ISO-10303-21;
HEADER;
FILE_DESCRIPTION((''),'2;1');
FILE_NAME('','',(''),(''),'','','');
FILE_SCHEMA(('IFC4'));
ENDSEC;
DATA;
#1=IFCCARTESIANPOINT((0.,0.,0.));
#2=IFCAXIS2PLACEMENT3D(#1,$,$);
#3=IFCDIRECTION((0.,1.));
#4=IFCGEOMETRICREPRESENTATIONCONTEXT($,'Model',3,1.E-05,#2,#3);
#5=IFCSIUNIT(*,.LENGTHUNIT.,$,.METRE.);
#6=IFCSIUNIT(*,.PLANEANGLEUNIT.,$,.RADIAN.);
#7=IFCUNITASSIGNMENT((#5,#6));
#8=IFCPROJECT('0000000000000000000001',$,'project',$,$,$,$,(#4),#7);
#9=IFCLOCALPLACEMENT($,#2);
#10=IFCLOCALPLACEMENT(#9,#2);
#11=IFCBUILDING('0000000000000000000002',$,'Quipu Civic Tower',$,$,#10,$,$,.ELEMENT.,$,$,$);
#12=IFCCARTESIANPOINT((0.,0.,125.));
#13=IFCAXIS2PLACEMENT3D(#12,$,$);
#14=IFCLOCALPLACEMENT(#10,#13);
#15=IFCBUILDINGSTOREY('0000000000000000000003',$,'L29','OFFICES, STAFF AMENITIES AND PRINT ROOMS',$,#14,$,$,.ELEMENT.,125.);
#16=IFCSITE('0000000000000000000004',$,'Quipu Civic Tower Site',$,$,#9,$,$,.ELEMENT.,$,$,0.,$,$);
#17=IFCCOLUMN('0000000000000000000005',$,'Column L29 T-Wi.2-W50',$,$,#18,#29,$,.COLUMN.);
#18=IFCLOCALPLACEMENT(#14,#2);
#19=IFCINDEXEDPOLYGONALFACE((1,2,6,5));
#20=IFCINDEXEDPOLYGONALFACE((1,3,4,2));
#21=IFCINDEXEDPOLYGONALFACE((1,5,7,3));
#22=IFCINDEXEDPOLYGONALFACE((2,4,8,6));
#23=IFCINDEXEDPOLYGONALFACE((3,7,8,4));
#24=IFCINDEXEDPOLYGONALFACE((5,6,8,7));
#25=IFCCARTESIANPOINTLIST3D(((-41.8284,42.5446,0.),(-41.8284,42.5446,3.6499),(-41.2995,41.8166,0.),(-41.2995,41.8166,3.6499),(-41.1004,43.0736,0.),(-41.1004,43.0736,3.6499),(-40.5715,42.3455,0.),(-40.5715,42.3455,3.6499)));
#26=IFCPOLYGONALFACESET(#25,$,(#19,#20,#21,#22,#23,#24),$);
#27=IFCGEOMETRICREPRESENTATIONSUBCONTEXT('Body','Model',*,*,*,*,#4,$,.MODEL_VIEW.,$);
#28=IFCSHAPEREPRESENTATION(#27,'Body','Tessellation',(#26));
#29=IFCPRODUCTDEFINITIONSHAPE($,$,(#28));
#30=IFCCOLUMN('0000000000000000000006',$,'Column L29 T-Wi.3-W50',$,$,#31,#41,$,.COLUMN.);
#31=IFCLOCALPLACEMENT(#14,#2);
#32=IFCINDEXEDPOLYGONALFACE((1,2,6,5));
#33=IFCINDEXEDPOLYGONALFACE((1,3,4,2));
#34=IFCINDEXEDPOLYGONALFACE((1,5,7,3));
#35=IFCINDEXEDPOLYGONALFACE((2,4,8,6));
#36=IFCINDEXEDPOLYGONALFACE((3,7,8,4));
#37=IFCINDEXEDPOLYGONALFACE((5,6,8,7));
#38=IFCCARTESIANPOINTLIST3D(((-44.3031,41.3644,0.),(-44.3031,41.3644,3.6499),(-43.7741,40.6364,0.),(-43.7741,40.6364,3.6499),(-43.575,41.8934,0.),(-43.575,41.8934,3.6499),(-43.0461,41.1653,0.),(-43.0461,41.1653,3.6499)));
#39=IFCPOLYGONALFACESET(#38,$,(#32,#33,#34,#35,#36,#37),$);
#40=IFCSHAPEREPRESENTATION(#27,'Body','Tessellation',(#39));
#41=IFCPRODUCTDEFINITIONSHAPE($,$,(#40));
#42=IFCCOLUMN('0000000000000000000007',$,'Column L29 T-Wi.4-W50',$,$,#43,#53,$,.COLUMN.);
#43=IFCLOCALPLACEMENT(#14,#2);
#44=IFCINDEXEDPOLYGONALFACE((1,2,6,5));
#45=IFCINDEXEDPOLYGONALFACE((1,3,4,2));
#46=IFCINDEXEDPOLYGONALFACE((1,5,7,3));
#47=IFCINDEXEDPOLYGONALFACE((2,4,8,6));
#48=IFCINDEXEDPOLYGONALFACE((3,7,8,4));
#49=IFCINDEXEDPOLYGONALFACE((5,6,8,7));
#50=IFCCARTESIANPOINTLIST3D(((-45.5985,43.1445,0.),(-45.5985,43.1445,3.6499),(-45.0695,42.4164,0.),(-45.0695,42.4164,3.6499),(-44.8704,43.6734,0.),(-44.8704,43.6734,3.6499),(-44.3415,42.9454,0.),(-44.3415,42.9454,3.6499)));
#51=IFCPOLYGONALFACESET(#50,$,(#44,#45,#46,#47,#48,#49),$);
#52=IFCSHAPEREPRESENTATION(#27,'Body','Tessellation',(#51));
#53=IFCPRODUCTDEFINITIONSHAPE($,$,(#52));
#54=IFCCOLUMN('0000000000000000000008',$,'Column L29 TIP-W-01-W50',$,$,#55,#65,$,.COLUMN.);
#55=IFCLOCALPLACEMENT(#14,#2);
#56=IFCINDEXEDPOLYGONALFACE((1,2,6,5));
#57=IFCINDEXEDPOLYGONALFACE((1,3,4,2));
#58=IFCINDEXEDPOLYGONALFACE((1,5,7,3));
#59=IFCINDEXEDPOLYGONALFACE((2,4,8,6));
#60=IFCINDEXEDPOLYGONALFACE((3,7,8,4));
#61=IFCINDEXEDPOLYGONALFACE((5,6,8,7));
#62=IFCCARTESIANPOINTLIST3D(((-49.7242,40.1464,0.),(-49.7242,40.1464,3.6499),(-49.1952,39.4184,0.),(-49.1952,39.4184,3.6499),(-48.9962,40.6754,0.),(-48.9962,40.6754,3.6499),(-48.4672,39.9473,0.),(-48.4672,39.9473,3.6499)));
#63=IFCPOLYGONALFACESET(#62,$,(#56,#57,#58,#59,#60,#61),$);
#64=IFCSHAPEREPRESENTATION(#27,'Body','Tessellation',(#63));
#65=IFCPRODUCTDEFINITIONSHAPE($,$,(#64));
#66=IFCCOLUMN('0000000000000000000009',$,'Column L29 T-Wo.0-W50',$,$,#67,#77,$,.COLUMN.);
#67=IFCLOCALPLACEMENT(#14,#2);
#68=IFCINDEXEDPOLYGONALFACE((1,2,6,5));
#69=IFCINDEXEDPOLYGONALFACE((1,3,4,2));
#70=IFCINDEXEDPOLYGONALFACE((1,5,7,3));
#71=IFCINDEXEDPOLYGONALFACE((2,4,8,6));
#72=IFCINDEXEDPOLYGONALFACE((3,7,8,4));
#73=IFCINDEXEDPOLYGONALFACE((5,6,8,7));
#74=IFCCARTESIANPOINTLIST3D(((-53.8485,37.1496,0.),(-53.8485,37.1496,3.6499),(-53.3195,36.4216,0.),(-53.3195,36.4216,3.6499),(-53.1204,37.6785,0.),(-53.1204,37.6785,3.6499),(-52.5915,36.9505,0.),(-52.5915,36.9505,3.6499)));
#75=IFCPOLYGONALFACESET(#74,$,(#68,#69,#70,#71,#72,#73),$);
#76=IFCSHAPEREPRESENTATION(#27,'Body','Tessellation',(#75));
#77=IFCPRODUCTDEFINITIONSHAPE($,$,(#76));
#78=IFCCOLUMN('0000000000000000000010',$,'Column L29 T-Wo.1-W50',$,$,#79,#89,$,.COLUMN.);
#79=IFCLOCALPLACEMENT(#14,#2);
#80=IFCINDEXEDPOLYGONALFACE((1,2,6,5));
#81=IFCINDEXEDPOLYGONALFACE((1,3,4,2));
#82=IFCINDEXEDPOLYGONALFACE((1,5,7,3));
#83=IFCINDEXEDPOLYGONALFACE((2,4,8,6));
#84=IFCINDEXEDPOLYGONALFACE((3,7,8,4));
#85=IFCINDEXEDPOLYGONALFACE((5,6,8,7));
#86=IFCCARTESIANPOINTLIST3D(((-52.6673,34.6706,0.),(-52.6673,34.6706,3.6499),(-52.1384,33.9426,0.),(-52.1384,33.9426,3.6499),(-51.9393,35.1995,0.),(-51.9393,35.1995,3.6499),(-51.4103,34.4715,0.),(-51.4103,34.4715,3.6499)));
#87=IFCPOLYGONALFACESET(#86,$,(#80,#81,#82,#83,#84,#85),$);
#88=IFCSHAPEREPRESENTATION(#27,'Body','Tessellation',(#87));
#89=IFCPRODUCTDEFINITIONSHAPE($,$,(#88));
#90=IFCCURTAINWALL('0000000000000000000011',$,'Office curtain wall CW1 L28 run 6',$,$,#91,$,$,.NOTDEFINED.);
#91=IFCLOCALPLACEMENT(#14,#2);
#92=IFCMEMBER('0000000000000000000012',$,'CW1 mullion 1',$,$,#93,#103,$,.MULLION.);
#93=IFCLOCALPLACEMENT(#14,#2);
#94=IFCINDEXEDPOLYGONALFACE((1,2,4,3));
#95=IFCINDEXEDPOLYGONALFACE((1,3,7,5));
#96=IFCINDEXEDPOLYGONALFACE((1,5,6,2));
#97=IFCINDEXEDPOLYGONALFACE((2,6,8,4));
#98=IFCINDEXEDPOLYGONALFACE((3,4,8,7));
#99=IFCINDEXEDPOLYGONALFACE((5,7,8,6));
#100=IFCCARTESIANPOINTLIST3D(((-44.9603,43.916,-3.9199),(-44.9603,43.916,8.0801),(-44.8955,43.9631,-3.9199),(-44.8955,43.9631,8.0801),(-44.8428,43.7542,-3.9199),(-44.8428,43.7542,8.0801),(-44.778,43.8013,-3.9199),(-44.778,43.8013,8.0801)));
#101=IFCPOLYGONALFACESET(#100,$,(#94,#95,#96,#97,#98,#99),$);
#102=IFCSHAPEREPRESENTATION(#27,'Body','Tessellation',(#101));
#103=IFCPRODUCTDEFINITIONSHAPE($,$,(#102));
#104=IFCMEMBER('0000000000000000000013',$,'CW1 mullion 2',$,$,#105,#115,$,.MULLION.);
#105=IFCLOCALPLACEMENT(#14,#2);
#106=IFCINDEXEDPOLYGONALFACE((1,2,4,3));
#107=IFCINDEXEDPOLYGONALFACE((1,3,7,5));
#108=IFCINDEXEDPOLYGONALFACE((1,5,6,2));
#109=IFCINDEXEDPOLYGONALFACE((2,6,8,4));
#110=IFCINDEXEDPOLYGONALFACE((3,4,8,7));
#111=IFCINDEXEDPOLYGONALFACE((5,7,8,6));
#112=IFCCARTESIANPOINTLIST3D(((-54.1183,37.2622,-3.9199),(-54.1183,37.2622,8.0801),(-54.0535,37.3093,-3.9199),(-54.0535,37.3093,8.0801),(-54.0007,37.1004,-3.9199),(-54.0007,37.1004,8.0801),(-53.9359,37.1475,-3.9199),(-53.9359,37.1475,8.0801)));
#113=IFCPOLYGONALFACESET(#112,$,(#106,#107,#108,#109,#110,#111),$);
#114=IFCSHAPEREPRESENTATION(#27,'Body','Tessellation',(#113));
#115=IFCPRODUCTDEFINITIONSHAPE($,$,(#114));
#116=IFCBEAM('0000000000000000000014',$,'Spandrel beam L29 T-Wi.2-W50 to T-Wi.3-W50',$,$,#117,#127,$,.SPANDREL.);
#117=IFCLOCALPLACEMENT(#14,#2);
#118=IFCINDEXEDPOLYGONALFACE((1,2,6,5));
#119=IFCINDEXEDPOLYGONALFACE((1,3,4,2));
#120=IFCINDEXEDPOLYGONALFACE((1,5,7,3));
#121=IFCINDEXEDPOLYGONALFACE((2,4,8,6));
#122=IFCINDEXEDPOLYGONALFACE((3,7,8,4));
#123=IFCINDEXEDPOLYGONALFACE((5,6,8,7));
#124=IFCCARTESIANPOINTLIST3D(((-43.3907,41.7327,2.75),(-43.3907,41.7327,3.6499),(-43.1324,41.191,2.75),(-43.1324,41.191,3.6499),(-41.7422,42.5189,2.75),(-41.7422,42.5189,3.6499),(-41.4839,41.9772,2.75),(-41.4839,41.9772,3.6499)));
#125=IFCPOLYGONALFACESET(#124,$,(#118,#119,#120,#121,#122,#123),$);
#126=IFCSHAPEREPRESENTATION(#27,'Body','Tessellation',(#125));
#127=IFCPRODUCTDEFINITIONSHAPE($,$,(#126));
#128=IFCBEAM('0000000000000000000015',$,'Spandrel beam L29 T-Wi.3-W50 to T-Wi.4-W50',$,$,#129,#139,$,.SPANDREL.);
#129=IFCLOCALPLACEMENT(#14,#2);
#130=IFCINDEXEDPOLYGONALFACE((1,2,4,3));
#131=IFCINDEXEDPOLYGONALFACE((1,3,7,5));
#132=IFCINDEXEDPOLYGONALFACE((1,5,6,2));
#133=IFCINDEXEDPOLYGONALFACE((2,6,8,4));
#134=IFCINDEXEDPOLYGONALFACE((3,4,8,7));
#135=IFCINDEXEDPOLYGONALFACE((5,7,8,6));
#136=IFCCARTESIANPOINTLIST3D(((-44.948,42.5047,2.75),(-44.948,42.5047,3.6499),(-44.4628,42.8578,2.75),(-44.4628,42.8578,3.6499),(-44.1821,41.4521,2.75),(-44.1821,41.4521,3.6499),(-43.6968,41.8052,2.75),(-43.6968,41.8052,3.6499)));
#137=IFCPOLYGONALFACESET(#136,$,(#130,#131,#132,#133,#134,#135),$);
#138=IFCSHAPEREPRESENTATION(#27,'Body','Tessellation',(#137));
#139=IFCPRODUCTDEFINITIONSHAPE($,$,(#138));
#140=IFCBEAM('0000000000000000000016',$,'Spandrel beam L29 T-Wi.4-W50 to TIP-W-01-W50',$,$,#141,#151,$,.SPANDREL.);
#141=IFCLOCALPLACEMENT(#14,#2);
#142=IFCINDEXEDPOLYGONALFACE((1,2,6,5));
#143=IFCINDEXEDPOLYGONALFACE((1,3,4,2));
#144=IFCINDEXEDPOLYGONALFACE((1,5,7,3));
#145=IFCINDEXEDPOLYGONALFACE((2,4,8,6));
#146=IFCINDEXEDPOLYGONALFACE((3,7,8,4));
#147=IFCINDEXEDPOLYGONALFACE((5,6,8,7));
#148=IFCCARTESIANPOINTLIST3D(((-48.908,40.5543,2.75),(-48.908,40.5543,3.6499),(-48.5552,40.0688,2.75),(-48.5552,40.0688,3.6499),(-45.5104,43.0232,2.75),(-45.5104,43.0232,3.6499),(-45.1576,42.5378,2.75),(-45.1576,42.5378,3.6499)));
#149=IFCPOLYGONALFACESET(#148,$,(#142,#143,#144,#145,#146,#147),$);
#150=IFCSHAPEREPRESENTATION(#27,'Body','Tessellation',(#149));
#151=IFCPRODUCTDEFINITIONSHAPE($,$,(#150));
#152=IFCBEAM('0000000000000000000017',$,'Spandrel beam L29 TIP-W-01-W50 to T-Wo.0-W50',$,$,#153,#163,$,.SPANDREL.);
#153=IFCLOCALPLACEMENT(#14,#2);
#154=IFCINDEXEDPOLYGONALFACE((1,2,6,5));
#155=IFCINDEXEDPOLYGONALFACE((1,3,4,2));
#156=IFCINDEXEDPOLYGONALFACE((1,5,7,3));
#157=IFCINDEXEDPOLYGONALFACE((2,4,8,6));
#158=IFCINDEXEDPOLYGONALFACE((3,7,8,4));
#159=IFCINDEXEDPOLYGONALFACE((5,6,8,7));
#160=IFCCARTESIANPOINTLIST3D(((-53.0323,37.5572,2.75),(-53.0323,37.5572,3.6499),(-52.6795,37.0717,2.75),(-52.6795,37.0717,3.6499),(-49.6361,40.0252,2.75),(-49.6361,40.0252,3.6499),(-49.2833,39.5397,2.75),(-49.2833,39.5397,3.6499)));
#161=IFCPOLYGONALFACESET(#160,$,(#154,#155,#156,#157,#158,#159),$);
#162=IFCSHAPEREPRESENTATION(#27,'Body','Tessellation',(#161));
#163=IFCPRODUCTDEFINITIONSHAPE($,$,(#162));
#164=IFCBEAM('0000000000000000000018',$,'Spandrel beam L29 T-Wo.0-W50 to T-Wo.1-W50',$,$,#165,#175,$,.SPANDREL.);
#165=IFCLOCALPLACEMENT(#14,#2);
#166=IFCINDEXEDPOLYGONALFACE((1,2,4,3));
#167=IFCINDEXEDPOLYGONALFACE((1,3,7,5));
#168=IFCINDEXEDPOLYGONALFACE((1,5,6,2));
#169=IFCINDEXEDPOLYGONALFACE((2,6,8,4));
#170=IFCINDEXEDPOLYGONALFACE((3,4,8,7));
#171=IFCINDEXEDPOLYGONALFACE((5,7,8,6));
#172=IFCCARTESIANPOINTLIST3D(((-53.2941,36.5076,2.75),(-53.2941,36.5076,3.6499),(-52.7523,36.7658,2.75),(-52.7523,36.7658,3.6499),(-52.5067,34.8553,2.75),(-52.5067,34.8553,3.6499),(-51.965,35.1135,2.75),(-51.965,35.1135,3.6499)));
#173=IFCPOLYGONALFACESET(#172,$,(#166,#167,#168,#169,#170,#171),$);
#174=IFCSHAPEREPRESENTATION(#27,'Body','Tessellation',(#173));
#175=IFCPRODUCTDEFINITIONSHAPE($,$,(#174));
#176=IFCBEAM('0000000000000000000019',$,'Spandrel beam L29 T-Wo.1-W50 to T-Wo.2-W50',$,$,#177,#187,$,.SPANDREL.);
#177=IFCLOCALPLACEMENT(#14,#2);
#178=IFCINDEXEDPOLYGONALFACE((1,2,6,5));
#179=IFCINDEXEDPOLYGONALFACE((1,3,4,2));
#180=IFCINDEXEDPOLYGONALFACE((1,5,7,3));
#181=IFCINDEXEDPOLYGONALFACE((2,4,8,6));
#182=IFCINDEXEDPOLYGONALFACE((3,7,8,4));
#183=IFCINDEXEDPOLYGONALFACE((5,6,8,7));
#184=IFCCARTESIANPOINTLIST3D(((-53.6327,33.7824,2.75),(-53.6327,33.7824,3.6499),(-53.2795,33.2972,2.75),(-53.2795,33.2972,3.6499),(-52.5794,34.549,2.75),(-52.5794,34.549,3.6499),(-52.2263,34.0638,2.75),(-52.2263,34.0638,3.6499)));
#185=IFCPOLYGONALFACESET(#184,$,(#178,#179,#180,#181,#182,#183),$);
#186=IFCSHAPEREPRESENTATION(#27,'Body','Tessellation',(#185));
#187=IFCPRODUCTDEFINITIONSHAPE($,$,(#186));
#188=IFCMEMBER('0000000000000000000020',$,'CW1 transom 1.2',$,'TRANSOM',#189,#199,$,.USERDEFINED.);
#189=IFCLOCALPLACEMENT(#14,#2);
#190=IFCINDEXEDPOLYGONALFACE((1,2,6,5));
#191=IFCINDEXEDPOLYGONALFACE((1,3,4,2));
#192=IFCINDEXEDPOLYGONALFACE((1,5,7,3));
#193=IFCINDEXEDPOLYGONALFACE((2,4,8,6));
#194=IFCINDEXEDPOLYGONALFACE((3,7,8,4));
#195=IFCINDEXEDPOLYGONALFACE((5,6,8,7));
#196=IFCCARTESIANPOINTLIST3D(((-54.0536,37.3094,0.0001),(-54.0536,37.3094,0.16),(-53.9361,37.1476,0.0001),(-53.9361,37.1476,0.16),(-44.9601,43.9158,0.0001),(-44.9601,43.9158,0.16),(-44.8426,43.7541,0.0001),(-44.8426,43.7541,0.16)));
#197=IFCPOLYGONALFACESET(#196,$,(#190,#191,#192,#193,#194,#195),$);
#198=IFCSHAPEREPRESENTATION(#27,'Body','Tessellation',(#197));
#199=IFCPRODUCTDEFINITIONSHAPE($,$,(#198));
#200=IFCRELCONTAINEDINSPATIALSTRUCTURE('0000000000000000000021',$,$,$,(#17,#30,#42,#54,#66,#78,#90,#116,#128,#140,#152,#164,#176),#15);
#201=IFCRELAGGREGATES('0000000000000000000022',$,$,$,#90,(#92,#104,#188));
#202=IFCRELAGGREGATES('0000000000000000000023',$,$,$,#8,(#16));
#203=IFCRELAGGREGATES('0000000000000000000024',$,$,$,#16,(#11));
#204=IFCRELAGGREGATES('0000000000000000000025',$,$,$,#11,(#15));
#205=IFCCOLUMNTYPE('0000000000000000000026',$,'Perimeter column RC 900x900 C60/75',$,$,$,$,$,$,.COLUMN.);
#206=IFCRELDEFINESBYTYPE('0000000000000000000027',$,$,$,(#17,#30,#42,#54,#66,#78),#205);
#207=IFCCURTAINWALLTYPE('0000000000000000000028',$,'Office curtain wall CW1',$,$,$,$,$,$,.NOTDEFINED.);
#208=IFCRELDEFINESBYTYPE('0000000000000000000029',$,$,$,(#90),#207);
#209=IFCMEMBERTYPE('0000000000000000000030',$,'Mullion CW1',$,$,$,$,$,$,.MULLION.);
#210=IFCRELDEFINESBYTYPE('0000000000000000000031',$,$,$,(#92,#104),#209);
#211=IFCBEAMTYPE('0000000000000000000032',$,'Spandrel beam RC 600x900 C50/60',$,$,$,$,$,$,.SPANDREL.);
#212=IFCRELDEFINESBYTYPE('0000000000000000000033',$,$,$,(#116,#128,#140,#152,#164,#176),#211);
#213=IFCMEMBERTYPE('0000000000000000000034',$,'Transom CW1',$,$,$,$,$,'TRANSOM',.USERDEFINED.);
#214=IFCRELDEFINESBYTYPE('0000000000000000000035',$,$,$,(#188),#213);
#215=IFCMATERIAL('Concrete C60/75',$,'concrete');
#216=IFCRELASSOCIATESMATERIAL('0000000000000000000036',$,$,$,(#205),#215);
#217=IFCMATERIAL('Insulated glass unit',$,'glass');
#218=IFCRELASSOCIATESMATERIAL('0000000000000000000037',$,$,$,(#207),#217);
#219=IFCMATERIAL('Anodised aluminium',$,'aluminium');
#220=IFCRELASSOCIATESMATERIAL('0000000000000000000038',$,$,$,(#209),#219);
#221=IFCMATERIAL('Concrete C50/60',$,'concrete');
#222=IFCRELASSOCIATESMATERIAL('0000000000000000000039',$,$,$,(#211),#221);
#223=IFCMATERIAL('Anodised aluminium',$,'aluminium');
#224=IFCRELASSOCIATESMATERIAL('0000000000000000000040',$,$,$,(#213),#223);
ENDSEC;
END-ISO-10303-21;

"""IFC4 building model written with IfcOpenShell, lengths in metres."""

from ifc_helpers import new_model, si_unit, direction, frame, origin, origin_2d, place, context, subcontext, project, spatial, rectangle, extrude, material, material_profile, profile_set, type_object, element, aggregate, save


model = new_model("IFC4")

# Units and contexts
model_context = context("Model", 3, precision=1e-05, world=origin(), true_north=direction((0.0, 1.0)))
body_context = subcontext(model_context, "Body", "Model", "MODEL_VIEW")
ifc_project = project(units=[si_unit("LENGTHUNIT", "METRE"), si_unit("PLANEANGLEUNIT", "RADIAN")], contexts=[model_context])

# Site, building, storey
site_placement = place(None, origin())
site = spatial("IfcSite", under=ifc_project, at=site_placement, Name="Quipu Civic Tower Site", CompositionType="ELEMENT", RefElevation=0.0)
building_placement = place(site_placement, origin())
building = spatial("IfcBuilding", under=site, at=building_placement, Name="Quipu Civic Tower", CompositionType="ELEMENT")
storey_placement = place(building_placement, frame((0.0, 0.0, 125.0)))
storey = spatial("IfcBuildingStorey", under=building, at=storey_placement, Name="L29", Description="OFFICES, STAFF AMENITIES AND PRINT ROOMS", CompositionType="ELEMENT", Elevation=125.0)

# Columns
ifc_material_1 = material(Name="Concrete C60/75", Category="concrete")
ifc_material_profile_1 = material_profile(ifc_material_1, rectangle(XDim=0.8999, YDim=0.8999, at=origin_2d()), Name="RC900x900")
ifc_profile_set_1 = profile_set([ifc_material_profile_1], Name="Concrete C60/75")
column_type = type_object("IfcColumnType", Name="Perimeter column RC 900x900 C60/75", PredefinedType="COLUMN", material=ifc_profile_set_1)
for number, where, z_axis, x_axis, name in (
    (1, (-41.2, 42.4451, 0.0), (0.0, 0.0, 1.0), (-0.587785, 0.809017, 0.0), "Column L29 T-Wi.2-W50"),
    (2, (-43.6746, 41.2649, 0.0), (0.0, 0.0, 1.0), (-0.809017, -0.587785, 0.0), "Column L29 T-Wi.3-W50"),
    (3, (-44.97, 43.0449, 0.0), (0.0, 0.0, 1.0), (-0.809017, -0.587785, 0.0), "Column L29 T-Wi.4-W50"),
    (4, (-49.0957, 40.0469, 0.0), (0.0, 0.0, 1.0), (-0.809017, -0.587785, 0.0), "Column L29 TIP-W-01-W50"),
    (5, (-53.22, 37.05, 0.0), (0.0, 0.0, 1.0), (0.587785, -0.809017, 0.0), "Column L29 T-Wo.0-W50"),
    (6, (-52.0388, 34.571, 0.0), (0.0, 0.0, 1.0), (-0.809017, -0.587785, 0.0), "Column L29 T-Wo.1-W50"),
):
    element("IfcColumn", number, at=place(storey_placement, frame(where, z_axis=z_axis, x_axis=x_axis)), inside=storey, type_object=column_type, Name=name, PredefinedType="COLUMN", context=body_context, shape_type="SweptSolid", body=[
        extrude(rectangle(XDim=0.8999, YDim=0.8999, at=origin_2d()), origin(), (0.0, 0.0, 1.0), 3.6499),
    ])

# Curtain wall, members
ifc_material_2 = material(Name="Insulated glass unit", Category="glass")
curtain_wall_type = type_object("IfcCurtainWallType", Name="Office curtain wall CW1", PredefinedType="NOTDEFINED", material=ifc_material_2)
curtain_wall_placement = place(storey_placement, origin())
curtain_wall = element("IfcCurtainWall", 7, at=curtain_wall_placement, inside=storey, type_object=curtain_wall_type, Name="Office curtain wall CW1 L28 run 6", PredefinedType="NOTDEFINED")
ifc_material_3 = material(Name="Anodised aluminium", Category="aluminium")
ifc_material_profile_2 = material_profile(ifc_material_3, rectangle(XDim=0.2, YDim=0.0801, at=origin_2d()), Name="RECT 200x80")
ifc_profile_set_2 = profile_set([ifc_material_profile_2], Name="Anodised aluminium")
member_type_1 = type_object("IfcMemberType", Name="Mullion CW1", PredefinedType="MULLION", material=ifc_profile_set_2)
member_1_placement = place(storey_placement, frame((-44.8691, 43.8586, -3.9199), z_axis=(0.0, 0.0, 1.0), x_axis=(0.587782, -0.809019, 0.0)))
member_1 = element("IfcMember", 8, at=member_1_placement, type_object=member_type_1, Name="CW1 mullion 1", PredefinedType="MULLION", context=body_context, shape_type="SweptSolid", body=[
    extrude(rectangle(XDim=0.2, YDim=0.0801, at=origin_2d()), origin(), (0.0, 0.0, 1.0), 12.0),
])
member_2_placement = place(storey_placement, frame((-54.0271, 37.2048, -3.9199), z_axis=(0.0, 0.0, 1.0), x_axis=(0.587782, -0.809019, 0.0)))
member_2 = element("IfcMember", 9, at=member_2_placement, type_object=member_type_1, Name="CW1 mullion 2", PredefinedType="MULLION", context=body_context, shape_type="SweptSolid", body=[
    extrude(rectangle(XDim=0.2, YDim=0.0801, at=origin_2d()), origin(), (0.0, 0.0, 1.0), 12.0),
])

# Beams
ifc_material_4 = material(Name="Concrete C50/60", Category="concrete")
ifc_material_profile_3 = material_profile(ifc_material_4, rectangle(XDim=0.6001, YDim=0.8999, at=origin_2d()), Name="RC600x900")
ifc_profile_set_3 = profile_set([ifc_material_profile_3], Name="Concrete C50/60")
beam_type = type_object("IfcBeamType", Name="Spandrel beam RC 600x900 C50/60", PredefinedType="SPANDREL", material=ifc_profile_set_3)
beam_1_placement = place(storey_placement, frame((-41.613, 42.248, 3.2), z_axis=(-0.902613, -0.430452, 0.0), x_axis=(0.430452, -0.902613, 0.0)))
element("IfcBeam", 10, at=beam_1_placement, inside=storey, type_object=beam_type, Name="Spandrel beam L29 T-Wi.2-W50 to T-Wi.3-W50", PredefinedType="SPANDREL", context=body_context, shape_type="SweptSolid", body=[
    extrude(rectangle(XDim=0.6001, YDim=0.8999, at=origin_2d()), origin(), (0.0, 0.0, 1.0), 1.8264),
])
beam_2_placement = place(storey_placement, frame((-43.9395, 41.6287, 3.2), z_axis=(-0.588384, 0.808582, 0.0), x_axis=(-0.808582, -0.588384, 0.0)))
element("IfcBeam", 11, at=beam_2_placement, inside=storey, type_object=beam_type, Name="Spandrel beam L29 T-Wi.3-W50 to T-Wi.4-W50", PredefinedType="SPANDREL", context=body_context, shape_type="SweptSolid", body=[
    extrude(rectangle(XDim=0.6001, YDim=0.8999, at=origin_2d()), origin(), (0.0, 0.0, 1.0), 1.3018),
])
beam_3_placement = place(storey_placement, frame((-45.334, 42.7805, 3.2), z_axis=(-0.80897, -0.58785, 0.0), x_axis=(0.58785, -0.80897, 0.0)))
element("IfcBeam", 12, at=beam_3_placement, inside=storey, type_object=beam_type, Name="Spandrel beam L29 T-Wi.4-W50 to TIP-W-01-W50", PredefinedType="SPANDREL", context=body_context, shape_type="SweptSolid", body=[
    extrude(rectangle(XDim=0.6001, YDim=0.8999, at=origin_2d()), origin(), (0.0, 0.0, 1.0), 4.2),
])
beam_4_placement = place(storey_placement, frame((-49.4597, 39.7825, 3.2), z_axis=(-0.80896, -0.587864, 0.0), x_axis=(0.587864, -0.80896, 0.0)))
element("IfcBeam", 13, at=beam_4_placement, inside=storey, type_object=beam_type, Name="Spandrel beam L29 TIP-W-01-W50 to T-Wo.0-W50", PredefinedType="SPANDREL", context=body_context, shape_type="SweptSolid", body=[
    extrude(rectangle(XDim=0.6001, YDim=0.8999, at=origin_2d()), origin(), (0.0, 0.0, 1.0), 4.1982),
])
beam_5_placement = place(storey_placement, frame((-53.0232, 36.6367, 3.2), z_axis=(0.430167, -0.90275, 0.0), x_axis=(0.90275, 0.430167, 0.0)))
element("IfcBeam", 14, at=beam_5_placement, inside=storey, type_object=beam_type, Name="Spandrel beam L29 T-Wo.0-W50 to T-Wo.1-W50", PredefinedType="SPANDREL", context=body_context, shape_type="SweptSolid", body=[
    extrude(rectangle(XDim=0.6001, YDim=0.8999, at=origin_2d()), origin(), (0.0, 0.0, 1.0), 1.8303),
])
beam_6_placement = place(storey_placement, frame((-52.4028, 34.3064, 3.2), z_axis=(-0.808509, -0.588484, 0.0), x_axis=(0.588484, -0.808509, 0.0)))
element("IfcBeam", 15, at=beam_6_placement, inside=storey, type_object=beam_type, Name="Spandrel beam L29 T-Wo.1-W50 to T-Wo.2-W50", PredefinedType="SPANDREL", context=body_context, shape_type="SweptSolid", body=[
    extrude(rectangle(XDim=0.6001, YDim=0.8999, at=origin_2d()), origin(), (0.0, 0.0, 1.0), 1.3027),
])

# Member
ifc_material_5 = material(Name="Anodised aluminium", Category="aluminium")
ifc_material_profile_4 = material_profile(ifc_material_5, rectangle(XDim=0.2, YDim=0.1599, at=origin_2d()), Name="RECT 200x160")
ifc_profile_set_4 = profile_set([ifc_material_profile_4], Name="Anodised aluminium")
member_type_2 = type_object("IfcMemberType", Name="Transom CW1", ElementType="TRANSOM", PredefinedType="USERDEFINED", material=ifc_profile_set_4)
member_3_placement = place(storey_placement, frame((-44.9014, 43.835, 0.0801), z_axis=(-0.809033, -0.587764, 0.0), x_axis=(0.587764, -0.809033, 0.0)))
member_3 = element("IfcMember", 16, at=member_3_placement, type_object=member_type_2, Name="CW1 transom 1.2", ObjectType="TRANSOM", PredefinedType="USERDEFINED", context=body_context, shape_type="SweptSolid", body=[
    extrude(rectangle(XDim=0.2, YDim=0.1599, at=origin_2d()), origin(), (0.0, 0.0, 1.0), 11.24),
])

aggregate(curtain_wall, [member_1, member_2, member_3])

save(model, "model.ifc")
